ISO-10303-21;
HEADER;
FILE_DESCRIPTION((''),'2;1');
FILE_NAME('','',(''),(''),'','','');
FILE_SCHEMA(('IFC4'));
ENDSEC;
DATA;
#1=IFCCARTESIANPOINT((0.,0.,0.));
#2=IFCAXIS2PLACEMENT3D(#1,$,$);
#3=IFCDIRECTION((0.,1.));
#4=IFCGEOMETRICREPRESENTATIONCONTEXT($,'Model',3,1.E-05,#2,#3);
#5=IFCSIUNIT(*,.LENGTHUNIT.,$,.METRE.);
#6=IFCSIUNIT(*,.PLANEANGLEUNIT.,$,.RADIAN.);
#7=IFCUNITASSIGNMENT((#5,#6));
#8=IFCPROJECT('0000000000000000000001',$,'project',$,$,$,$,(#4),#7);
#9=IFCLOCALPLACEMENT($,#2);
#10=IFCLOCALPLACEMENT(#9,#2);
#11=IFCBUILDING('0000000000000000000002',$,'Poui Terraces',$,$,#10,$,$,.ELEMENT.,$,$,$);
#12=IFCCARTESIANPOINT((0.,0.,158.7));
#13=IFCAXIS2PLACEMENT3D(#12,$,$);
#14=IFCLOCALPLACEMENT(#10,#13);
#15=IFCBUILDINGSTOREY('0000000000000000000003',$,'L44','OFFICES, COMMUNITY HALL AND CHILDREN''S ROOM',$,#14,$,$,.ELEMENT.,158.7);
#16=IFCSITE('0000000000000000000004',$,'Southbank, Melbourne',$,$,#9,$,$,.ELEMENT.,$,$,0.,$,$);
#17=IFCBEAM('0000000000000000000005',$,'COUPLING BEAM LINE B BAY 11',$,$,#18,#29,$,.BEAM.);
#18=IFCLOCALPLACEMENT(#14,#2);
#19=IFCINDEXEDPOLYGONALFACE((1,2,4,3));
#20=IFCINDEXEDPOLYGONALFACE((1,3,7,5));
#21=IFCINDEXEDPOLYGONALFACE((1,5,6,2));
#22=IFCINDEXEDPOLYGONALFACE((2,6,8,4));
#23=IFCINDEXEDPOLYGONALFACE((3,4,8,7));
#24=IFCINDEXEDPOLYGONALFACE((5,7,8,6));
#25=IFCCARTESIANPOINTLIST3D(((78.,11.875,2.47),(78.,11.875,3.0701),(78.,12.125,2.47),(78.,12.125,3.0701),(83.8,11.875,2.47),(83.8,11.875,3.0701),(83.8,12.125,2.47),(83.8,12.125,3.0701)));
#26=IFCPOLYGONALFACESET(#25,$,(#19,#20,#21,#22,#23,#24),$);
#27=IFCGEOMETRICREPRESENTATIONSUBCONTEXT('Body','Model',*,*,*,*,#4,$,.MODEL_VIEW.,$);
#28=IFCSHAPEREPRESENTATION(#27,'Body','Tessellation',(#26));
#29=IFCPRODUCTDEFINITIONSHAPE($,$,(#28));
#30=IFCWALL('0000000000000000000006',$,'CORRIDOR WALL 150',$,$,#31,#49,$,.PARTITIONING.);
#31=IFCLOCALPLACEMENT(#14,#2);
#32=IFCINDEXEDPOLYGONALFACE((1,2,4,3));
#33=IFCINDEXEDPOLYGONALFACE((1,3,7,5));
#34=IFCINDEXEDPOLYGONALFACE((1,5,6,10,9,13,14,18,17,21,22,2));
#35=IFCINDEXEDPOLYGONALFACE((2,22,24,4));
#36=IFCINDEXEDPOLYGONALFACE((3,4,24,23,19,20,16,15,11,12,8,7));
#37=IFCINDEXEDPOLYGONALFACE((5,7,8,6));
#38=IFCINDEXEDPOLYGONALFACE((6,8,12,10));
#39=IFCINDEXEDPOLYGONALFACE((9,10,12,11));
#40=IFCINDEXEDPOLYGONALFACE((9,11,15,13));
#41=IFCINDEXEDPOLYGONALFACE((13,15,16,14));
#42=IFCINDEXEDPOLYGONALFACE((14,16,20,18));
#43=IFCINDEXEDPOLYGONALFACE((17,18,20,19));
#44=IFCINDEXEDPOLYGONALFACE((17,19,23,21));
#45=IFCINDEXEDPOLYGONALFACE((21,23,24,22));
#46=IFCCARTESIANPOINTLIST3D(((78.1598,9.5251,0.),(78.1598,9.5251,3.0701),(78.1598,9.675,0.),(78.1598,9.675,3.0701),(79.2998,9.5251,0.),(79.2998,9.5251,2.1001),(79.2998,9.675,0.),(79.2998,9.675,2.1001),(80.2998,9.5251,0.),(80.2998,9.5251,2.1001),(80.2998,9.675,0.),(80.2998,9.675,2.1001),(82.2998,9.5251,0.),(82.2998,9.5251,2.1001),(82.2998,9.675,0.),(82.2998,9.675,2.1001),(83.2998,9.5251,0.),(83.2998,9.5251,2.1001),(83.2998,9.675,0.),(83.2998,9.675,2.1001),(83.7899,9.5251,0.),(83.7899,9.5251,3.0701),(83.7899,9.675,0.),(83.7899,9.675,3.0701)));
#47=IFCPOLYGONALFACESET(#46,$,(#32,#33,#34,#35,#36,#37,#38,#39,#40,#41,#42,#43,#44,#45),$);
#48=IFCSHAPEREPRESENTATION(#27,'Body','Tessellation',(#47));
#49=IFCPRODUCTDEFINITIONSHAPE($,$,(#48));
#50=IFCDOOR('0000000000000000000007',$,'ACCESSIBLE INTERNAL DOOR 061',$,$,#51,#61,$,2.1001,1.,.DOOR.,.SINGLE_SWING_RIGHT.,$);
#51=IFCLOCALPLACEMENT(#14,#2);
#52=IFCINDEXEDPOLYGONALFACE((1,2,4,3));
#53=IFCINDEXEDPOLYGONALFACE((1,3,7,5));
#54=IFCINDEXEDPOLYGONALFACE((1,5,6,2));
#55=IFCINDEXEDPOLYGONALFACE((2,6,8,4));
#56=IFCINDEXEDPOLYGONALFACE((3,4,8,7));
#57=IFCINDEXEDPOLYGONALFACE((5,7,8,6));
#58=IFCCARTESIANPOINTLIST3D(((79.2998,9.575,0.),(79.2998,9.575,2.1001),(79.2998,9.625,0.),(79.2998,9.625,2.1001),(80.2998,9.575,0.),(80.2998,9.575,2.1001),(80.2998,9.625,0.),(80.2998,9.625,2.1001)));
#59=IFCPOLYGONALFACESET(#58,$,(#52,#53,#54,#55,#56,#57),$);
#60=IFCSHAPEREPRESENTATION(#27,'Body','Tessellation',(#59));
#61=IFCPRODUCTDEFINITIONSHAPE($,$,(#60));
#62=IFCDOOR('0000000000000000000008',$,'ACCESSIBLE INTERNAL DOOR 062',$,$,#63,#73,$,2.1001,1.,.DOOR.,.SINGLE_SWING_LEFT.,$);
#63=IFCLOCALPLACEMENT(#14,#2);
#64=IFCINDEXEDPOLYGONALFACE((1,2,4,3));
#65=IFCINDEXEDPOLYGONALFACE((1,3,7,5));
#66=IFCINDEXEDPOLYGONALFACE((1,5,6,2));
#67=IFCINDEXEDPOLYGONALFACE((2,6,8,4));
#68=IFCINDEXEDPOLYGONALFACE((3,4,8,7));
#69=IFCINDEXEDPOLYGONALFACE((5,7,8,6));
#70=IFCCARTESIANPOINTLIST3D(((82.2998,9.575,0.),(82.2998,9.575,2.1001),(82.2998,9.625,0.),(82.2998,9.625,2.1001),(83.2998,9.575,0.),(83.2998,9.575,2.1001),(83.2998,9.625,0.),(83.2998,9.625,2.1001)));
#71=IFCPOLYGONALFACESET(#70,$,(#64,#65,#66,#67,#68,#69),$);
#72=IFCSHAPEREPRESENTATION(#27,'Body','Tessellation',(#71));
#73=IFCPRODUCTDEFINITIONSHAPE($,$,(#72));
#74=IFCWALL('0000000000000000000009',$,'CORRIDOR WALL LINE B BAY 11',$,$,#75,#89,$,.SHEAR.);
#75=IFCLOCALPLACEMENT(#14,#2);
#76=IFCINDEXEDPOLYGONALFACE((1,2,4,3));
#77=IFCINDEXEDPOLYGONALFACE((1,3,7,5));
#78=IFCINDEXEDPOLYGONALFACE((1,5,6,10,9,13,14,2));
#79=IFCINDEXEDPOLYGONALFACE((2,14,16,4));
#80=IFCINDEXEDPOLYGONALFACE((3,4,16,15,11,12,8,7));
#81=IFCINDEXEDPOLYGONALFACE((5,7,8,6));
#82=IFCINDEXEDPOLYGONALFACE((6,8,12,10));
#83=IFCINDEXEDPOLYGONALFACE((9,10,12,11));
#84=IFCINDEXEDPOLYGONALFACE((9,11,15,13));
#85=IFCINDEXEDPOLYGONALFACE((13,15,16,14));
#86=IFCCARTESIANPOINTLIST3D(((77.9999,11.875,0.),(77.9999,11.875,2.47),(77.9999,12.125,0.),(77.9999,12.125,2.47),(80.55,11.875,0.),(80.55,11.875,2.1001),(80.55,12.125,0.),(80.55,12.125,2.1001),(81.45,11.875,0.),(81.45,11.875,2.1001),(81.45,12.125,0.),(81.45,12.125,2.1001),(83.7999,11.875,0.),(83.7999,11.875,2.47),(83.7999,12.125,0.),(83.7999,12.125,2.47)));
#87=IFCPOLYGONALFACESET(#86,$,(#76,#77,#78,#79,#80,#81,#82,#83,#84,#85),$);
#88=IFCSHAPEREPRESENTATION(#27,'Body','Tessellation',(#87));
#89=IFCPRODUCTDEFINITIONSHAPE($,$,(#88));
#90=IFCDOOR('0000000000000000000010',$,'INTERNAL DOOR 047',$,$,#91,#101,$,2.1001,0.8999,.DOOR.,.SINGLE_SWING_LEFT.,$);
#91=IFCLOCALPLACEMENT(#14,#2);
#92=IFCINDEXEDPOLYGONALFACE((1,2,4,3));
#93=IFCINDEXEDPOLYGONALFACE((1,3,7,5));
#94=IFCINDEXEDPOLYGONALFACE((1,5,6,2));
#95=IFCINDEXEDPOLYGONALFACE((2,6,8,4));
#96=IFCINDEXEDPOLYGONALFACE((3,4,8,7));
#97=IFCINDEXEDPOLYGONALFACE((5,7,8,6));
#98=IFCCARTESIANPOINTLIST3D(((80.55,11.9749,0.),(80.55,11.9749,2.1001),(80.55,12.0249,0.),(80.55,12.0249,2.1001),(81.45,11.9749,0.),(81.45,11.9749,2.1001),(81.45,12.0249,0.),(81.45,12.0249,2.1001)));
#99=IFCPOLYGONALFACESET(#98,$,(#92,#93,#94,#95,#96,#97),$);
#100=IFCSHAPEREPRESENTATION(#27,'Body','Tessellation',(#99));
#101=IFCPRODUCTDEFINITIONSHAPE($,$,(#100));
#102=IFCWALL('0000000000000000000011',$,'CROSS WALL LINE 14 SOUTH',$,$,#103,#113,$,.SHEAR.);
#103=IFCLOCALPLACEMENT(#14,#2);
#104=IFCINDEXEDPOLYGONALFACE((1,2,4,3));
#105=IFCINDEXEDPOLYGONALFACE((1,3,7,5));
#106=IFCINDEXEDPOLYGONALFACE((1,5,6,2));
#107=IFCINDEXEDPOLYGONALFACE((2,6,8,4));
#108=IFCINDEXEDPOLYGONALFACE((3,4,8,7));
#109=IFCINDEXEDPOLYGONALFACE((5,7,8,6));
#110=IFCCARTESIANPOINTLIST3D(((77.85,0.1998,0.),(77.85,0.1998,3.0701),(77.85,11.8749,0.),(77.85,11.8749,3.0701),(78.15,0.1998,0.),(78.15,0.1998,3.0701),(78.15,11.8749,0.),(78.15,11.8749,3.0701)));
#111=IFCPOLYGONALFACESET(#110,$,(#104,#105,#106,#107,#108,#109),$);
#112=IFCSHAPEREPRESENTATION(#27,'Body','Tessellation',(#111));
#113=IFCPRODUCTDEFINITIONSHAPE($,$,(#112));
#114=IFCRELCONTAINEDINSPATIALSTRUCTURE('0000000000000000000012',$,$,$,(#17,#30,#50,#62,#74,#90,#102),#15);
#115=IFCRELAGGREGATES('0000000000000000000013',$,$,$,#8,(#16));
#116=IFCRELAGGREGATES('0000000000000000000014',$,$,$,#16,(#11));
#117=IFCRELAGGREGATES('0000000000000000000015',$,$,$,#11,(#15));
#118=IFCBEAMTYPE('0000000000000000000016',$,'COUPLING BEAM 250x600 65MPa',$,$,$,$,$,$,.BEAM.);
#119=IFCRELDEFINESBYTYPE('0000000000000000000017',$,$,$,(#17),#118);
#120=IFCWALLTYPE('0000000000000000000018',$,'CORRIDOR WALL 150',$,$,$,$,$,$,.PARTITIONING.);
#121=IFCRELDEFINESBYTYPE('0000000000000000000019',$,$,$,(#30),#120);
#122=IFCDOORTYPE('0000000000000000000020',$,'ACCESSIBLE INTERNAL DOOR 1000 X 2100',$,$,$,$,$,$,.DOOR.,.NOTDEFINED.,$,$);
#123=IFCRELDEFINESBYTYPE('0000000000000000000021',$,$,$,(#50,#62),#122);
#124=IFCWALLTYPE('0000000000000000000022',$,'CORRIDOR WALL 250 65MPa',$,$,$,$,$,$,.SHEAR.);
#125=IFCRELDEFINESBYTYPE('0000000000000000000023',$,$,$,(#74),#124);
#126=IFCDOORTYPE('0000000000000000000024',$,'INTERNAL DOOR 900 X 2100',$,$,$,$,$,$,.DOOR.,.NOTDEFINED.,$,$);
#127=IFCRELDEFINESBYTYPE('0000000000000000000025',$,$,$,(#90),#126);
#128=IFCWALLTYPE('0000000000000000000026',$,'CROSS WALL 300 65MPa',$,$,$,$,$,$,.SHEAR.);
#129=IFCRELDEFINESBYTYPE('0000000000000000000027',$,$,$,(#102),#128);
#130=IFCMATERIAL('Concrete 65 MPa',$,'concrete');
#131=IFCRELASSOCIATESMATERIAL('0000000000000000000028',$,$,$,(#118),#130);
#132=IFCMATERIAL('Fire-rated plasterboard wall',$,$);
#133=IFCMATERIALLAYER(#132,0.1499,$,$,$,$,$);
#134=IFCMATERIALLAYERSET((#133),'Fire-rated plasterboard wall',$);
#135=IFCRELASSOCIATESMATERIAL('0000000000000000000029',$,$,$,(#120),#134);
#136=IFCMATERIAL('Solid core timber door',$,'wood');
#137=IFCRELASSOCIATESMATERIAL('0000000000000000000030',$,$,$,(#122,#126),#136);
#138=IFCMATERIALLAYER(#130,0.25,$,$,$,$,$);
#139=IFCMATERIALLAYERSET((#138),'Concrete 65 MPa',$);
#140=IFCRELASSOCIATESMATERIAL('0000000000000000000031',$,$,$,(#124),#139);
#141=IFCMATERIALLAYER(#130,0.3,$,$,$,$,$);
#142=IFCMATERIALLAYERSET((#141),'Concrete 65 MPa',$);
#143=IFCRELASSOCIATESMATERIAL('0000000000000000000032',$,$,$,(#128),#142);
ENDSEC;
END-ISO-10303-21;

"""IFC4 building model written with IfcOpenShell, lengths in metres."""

from ifc_helpers import new_model, si_unit, direction, frame, frame_2d, origin, origin_2d, place, context, subcontext, project, spatial, rectangle, extrude, source, transform, mapped, material, layer, layer_set, material_profile, profile_set, type_object, element, fill, save


model = new_model("IFC4")

# Units and contexts
model_context = context("Model", 3, precision=1e-05, world=origin(), true_north=direction((0.0, 1.0)))
body_context = subcontext(model_context, "Body", "Model", "MODEL_VIEW")
ifc_project = project(units=[si_unit("LENGTHUNIT", "METRE"), si_unit("PLANEANGLEUNIT", "RADIAN")], contexts=[model_context])

# Site, building, storey
site_placement = place(None, origin())
site = spatial("IfcSite", under=ifc_project, at=site_placement, Name="Southbank, Melbourne", CompositionType="ELEMENT", RefElevation=0.0)
building_placement = place(site_placement, origin())
building = spatial("IfcBuilding", under=site, at=building_placement, Name="Poui Terraces", CompositionType="ELEMENT")
storey_placement = place(building_placement, frame((0.0, 0.0, 158.7)))
storey = spatial("IfcBuildingStorey", under=building, at=storey_placement, Name="L44", Description="OFFICES, COMMUNITY HALL AND CHILDREN'S ROOM", CompositionType="ELEMENT", Elevation=158.7)

# Beam
ifc_material_1 = material(Name="Concrete 65 MPa", Category="concrete")
ifc_material_profile = material_profile(ifc_material_1, rectangle(XDim=0.25, YDim=0.6001, at=origin_2d()), Name="RC 250x600")
ifc_profile_set = profile_set([ifc_material_profile], Name="Concrete 65 MPa")
beam_type = type_object("IfcBeamType", Name="COUPLING BEAM 250x600 65MPa", PredefinedType="BEAM", material=ifc_profile_set)
shared_shape_1 = source(origin(), body_context, "Body", "SweptSolid", [
    extrude(rectangle(XDim=0.25, YDim=0.6001, at=origin_2d()), origin(), (0.0, 0.0, 1.0), 5.8),
])
beam_placement = place(storey_placement, frame((78.0, 12.0, 2.77), z_axis=(1.0, 0.0, 0.0), x_axis=(0.0, 1.0, 0.0)))
element("IfcBeam", 1, at=beam_placement, inside=storey, type_object=beam_type, Name="COUPLING BEAM LINE B BAY 11", PredefinedType="BEAM", context=body_context, shape_type="MappedRepresentation", body=[
    mapped(shared_shape_1, transform((0.0, 0.0, 0.0))),
])

# Wall, openings, doors
ifc_material_2 = material(Name="Fire-rated plasterboard wall")
ifc_layer_1 = layer(ifc_material_2, 0.1499)
ifc_layer_set_1 = layer_set([ifc_layer_1], Name="Fire-rated plasterboard wall")
wall_type_1 = type_object("IfcWallType", Name="CORRIDOR WALL 150", PredefinedType="PARTITIONING", material=ifc_layer_set_1)
wall_1_placement = place(storey_placement, frame((78.1599, 9.6001, 0.0), z_axis=(0.0, 0.0, 1.0), x_axis=(1.0, 0.0, 0.0)))
wall_1 = element("IfcWall", 2, at=wall_1_placement, inside=storey, type_object=wall_type_1, Name="CORRIDOR WALL 150", PredefinedType="PARTITIONING", context=body_context, shape_type="SweptSolid", body=[
    extrude(rectangle(XDim=5.6301, YDim=0.1499, at=frame_2d((2.8149, 0.0))), origin(), (0.0, 0.0, 1.0), 3.0701),
])
opening_1_placement = place(wall_1_placement, frame((1.1399, 0.0, 0.0)))
opening_1 = element("IfcOpeningElement", 3, at=opening_1_placement, cuts=wall_1, PredefinedType="OPENING", context=body_context, shape_type="SweptSolid", body=[
    extrude(rectangle(XDim=1.0, YDim=2.1001, at=frame_2d((0.5, 1.05))), frame((0.0, 0.085, 0.0), z_axis=(0.0, -1.0, 0.0), x_axis=(1.0, 0.0, 0.0)), (0.0, 0.0, 1.0), 0.1699),
])
opening_2_placement = place(wall_1_placement, frame((4.1399, 0.0, 0.0)))
opening_2 = element("IfcOpeningElement", 4, at=opening_2_placement, cuts=wall_1, PredefinedType="OPENING", context=body_context, shape_type="SweptSolid", body=[
    extrude(rectangle(XDim=1.0, YDim=2.1001, at=frame_2d((0.5, 1.05))), frame((0.0, 0.085, 0.0), z_axis=(0.0, -1.0, 0.0), x_axis=(1.0, 0.0, 0.0)), (0.0, 0.0, 1.0), 0.1699),
])
ifc_material_3 = material(Name="Solid core timber door", Category="wood")
door_type_1 = type_object("IfcDoorType", Name="ACCESSIBLE INTERNAL DOOR 1000 X 2100", OperationType="NOTDEFINED", PredefinedType="DOOR", material=ifc_material_3)
door_1_placement = place(opening_1_placement, origin())
door_1 = element("IfcDoor", 5, at=door_1_placement, inside=storey, type_object=door_type_1, Name="ACCESSIBLE INTERNAL DOOR 061", OperationType="SINGLE_SWING_RIGHT", OverallHeight=2.1001, OverallWidth=1.0, PredefinedType="DOOR", context=body_context, shape_type="SweptSolid", body=[
    extrude(rectangle(XDim=1.0, YDim=2.1001, at=frame_2d((0.5, 1.05))), frame((0.0, 0.0249, 0.0), z_axis=(0.0, -1.0, 0.0), x_axis=(1.0, 0.0, 0.0)), (0.0, 0.0, 1.0), 0.05),
])
fill(opening_1, door_1)
door_2_placement = place(opening_2_placement, origin())
door_2 = element("IfcDoor", 6, at=door_2_placement, inside=storey, type_object=door_type_1, Name="ACCESSIBLE INTERNAL DOOR 062", OperationType="SINGLE_SWING_LEFT", OverallHeight=2.1001, OverallWidth=1.0, PredefinedType="DOOR", context=body_context, shape_type="SweptSolid", body=[
    extrude(rectangle(XDim=1.0, YDim=2.1001, at=frame_2d((0.5, 1.05))), frame((0.0, 0.0249, 0.0), z_axis=(0.0, -1.0, 0.0), x_axis=(1.0, 0.0, 0.0)), (0.0, 0.0, 1.0), 0.05),
])
fill(opening_2, door_2)

# Wall, opening, door
ifc_layer_2 = layer(ifc_material_1, 0.25)
ifc_layer_set_2 = layer_set([ifc_layer_2], Name="Concrete 65 MPa")
wall_type_2 = type_object("IfcWallType", Name="CORRIDOR WALL 250 65MPa", PredefinedType="SHEAR", material=ifc_layer_set_2)
wall_2_placement = place(storey_placement, frame((78.0, 12.0, 0.0), z_axis=(0.0, 0.0, 1.0), x_axis=(1.0, 0.0, 0.0)))
wall_2 = element("IfcWall", 7, at=wall_2_placement, inside=storey, type_object=wall_type_2, Name="CORRIDOR WALL LINE B BAY 11", PredefinedType="SHEAR", context=body_context, shape_type="SweptSolid", body=[
    extrude(rectangle(XDim=5.8, YDim=0.25, at=frame_2d((2.8999, 0.0))), origin(), (0.0, 0.0, 1.0), 2.47),
])
opening_3_placement = place(wall_2_placement, frame((2.55, 0.0, 0.0)))
opening_3 = element("IfcOpeningElement", 8, at=opening_3_placement, cuts=wall_2, PredefinedType="OPENING", context=body_context, shape_type="SweptSolid", body=[
    extrude(rectangle(XDim=0.8999, YDim=2.1001, at=frame_2d((0.45, 1.05))), frame((0.0, 0.135, 0.0), z_axis=(0.0, -1.0, 0.0), x_axis=(1.0, 0.0, 0.0)), (0.0, 0.0, 1.0), 0.27),
])
door_type_2 = type_object("IfcDoorType", Name="INTERNAL DOOR 900 X 2100", OperationType="NOTDEFINED", PredefinedType="DOOR", material=ifc_material_3)
door_3_placement = place(opening_3_placement, origin())
door_3 = element("IfcDoor", 9, at=door_3_placement, inside=storey, type_object=door_type_2, Name="INTERNAL DOOR 047", OperationType="SINGLE_SWING_LEFT", OverallHeight=2.1001, OverallWidth=0.8999, PredefinedType="DOOR", context=body_context, shape_type="SweptSolid", body=[
    extrude(rectangle(XDim=0.8999, YDim=2.1001, at=frame_2d((0.45, 1.05))), frame((0.0, 0.0249, 0.0), z_axis=(0.0, -1.0, 0.0), x_axis=(1.0, 0.0, 0.0)), (0.0, 0.0, 1.0), 0.05),
])
fill(opening_3, door_3)

# Wall
ifc_layer_3 = layer(ifc_material_1, 0.3)
ifc_layer_set_3 = layer_set([ifc_layer_3], Name="Concrete 65 MPa")
wall_type_3 = type_object("IfcWallType", Name="CROSS WALL 300 65MPa", PredefinedType="SHEAR", material=ifc_layer_set_3)
wall_3_placement = place(storey_placement, frame((78.0, 0.2, 0.0), z_axis=(0.0, 0.0, 1.0), x_axis=(0.0, 1.0, 0.0)))
element("IfcWall", 10, at=wall_3_placement, inside=storey, type_object=wall_type_3, Name="CROSS WALL LINE 14 SOUTH", PredefinedType="SHEAR", context=body_context, shape_type="SweptSolid", body=[
    extrude(rectangle(XDim=11.675, YDim=0.3, at=frame_2d((5.8374, 0.0))), origin(), (0.0, 0.0, 1.0), 3.0701),
])

save(model, "model.ifc")
